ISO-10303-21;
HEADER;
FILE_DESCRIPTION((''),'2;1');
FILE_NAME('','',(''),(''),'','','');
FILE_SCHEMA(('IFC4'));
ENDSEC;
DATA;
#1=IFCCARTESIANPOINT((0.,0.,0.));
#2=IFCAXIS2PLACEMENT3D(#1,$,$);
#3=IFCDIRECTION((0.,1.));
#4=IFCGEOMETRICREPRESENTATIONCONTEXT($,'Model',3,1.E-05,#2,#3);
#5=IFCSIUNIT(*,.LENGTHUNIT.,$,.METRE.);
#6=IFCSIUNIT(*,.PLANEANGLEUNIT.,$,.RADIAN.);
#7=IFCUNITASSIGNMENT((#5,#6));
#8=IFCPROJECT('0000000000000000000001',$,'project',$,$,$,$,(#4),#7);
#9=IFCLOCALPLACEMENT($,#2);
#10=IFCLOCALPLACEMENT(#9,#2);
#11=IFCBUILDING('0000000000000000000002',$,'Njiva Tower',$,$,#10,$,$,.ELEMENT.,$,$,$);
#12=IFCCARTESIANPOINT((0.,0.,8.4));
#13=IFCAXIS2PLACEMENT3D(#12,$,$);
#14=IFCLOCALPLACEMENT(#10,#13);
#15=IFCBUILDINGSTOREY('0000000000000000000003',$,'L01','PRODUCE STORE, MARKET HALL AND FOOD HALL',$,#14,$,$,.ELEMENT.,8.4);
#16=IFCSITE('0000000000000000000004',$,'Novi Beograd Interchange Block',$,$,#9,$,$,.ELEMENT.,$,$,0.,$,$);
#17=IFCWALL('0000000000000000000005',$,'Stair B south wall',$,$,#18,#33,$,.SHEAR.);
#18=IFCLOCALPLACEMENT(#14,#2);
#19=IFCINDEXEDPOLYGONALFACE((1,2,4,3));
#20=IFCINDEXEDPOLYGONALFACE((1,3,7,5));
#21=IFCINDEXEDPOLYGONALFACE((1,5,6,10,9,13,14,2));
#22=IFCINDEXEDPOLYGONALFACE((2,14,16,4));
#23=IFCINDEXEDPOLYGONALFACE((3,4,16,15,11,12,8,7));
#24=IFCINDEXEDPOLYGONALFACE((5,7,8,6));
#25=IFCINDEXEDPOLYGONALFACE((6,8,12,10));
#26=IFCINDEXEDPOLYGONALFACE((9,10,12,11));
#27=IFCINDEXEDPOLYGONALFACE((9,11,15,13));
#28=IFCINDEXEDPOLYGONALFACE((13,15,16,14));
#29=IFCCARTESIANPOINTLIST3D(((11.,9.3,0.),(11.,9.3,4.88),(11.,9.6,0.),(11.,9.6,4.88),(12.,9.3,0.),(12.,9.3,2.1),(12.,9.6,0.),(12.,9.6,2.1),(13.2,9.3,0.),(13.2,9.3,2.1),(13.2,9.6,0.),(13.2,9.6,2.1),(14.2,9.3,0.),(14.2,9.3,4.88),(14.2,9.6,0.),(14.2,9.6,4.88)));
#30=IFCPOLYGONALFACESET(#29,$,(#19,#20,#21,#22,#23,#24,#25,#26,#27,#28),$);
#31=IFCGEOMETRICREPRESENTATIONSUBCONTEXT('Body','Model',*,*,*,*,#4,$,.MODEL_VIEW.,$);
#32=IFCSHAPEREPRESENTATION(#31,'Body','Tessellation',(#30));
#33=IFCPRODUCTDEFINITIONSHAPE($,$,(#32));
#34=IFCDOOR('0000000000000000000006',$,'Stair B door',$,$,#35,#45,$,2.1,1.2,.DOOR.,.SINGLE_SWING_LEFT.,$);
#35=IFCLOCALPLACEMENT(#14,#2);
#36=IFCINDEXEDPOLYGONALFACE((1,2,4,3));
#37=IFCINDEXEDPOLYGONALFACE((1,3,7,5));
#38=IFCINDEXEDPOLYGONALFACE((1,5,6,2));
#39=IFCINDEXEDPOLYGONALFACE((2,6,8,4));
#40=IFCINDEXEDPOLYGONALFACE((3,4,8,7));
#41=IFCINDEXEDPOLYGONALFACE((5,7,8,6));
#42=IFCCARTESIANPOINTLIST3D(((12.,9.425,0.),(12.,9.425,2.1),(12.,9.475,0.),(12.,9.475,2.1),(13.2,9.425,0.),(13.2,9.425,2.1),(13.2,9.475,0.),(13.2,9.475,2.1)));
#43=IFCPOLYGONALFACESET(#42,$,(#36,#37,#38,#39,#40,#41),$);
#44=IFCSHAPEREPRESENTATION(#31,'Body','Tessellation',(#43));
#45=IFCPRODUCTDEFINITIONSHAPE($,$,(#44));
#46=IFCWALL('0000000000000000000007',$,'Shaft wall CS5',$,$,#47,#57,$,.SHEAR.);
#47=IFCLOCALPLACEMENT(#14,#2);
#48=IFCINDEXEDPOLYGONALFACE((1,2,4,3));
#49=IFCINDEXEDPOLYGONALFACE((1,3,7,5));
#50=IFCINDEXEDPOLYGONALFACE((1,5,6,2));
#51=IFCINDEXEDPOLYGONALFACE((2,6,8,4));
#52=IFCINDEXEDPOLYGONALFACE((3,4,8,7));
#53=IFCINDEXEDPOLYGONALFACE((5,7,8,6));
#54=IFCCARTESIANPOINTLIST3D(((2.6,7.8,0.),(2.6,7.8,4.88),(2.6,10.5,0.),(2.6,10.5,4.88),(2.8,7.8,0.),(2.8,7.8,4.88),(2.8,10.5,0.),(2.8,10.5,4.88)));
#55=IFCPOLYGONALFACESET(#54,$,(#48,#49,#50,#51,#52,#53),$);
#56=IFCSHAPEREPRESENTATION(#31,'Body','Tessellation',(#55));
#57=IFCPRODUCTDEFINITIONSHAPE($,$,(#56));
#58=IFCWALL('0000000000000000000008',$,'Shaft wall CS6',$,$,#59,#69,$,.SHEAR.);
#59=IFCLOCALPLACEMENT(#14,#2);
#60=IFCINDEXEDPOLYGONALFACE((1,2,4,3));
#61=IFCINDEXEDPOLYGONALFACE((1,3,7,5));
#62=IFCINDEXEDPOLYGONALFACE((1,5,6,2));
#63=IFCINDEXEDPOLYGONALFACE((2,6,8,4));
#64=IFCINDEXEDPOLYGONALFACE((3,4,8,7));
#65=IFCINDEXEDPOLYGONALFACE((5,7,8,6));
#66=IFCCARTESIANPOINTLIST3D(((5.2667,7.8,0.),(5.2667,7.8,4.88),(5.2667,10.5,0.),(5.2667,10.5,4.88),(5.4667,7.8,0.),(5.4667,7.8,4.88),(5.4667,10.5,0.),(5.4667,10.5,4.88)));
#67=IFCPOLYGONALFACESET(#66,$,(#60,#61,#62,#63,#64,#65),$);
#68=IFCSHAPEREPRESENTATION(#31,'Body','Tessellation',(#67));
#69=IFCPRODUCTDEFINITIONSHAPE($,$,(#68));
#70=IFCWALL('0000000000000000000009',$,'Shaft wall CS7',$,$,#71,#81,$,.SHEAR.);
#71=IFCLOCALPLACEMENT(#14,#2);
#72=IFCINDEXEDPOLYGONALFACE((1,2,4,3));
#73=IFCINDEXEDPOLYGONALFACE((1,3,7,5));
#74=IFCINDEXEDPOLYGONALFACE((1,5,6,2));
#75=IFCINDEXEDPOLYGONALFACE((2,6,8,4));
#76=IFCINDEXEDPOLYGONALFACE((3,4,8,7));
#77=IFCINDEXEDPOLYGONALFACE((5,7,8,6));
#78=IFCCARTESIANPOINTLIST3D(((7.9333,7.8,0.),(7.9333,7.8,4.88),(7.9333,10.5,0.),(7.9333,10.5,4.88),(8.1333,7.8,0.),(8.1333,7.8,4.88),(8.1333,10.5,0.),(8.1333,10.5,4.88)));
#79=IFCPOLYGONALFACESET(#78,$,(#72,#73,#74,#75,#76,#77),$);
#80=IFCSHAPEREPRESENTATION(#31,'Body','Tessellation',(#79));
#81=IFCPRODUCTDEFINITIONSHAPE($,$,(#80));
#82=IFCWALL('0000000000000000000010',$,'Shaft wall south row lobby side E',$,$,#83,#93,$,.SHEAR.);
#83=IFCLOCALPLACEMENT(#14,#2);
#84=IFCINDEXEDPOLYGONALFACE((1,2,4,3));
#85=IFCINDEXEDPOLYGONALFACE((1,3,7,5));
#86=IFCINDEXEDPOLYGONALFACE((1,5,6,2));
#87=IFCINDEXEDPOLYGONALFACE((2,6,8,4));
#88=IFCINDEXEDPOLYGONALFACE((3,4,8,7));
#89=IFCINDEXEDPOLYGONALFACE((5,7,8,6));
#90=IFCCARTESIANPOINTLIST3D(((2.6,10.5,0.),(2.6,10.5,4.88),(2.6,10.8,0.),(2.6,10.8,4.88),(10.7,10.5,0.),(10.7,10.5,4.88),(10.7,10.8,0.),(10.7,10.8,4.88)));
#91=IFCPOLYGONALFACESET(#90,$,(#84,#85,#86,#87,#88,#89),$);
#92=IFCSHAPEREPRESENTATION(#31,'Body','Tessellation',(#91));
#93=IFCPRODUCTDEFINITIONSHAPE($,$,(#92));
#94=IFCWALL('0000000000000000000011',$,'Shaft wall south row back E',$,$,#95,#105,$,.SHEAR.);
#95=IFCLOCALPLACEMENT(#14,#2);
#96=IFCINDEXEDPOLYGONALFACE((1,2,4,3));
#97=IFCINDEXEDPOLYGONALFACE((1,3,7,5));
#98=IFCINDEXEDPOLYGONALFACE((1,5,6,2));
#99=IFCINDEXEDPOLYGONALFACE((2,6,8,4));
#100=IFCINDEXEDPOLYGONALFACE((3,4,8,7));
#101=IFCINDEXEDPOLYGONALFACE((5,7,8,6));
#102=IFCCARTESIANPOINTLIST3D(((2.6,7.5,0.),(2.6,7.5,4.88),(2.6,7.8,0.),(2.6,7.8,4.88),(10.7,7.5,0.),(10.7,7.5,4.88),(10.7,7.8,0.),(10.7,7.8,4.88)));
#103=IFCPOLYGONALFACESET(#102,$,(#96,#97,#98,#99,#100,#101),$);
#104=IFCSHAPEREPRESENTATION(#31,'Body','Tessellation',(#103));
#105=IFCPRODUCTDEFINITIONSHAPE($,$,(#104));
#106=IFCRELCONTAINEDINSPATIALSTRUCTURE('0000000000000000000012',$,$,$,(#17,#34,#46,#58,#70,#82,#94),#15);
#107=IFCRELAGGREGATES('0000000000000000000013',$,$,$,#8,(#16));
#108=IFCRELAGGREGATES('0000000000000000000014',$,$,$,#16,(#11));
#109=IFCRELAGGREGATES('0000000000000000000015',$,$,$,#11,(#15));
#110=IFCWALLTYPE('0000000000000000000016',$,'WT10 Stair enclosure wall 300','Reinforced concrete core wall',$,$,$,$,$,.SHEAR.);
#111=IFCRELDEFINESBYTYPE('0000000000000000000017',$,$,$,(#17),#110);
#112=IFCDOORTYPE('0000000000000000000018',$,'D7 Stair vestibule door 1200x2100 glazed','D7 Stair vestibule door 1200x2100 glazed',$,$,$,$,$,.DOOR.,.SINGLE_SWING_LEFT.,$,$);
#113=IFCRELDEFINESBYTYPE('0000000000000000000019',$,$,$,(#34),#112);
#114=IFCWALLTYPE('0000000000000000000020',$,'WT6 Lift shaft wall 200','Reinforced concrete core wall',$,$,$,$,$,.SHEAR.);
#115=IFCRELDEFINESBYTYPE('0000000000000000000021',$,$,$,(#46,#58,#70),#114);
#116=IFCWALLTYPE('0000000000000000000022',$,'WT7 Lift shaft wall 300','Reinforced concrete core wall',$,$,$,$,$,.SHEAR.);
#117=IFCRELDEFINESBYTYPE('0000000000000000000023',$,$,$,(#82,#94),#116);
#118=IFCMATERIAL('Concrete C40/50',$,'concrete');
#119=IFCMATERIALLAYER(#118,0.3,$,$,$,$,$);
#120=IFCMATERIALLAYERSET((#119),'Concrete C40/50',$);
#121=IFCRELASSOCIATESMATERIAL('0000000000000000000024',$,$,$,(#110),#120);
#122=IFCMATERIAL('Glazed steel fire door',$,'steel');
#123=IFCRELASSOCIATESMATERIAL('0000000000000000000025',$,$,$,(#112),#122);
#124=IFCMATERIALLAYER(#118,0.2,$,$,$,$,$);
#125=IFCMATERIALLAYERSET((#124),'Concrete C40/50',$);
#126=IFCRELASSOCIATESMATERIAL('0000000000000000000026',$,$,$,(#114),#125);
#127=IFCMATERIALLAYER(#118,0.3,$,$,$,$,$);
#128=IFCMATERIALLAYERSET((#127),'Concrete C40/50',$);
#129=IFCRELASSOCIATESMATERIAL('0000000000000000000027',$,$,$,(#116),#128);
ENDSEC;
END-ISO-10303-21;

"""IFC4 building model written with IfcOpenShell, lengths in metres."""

from ifc_helpers import new_model, si_unit, direction, frame, frame_2d, origin, place, context, subcontext, project, spatial, rectangle, extrude, material, layer, layer_set, type_object, element, fill, save


model = new_model("IFC4")

# Units and contexts
model_context = context("Model", 3, precision=1e-05, world=origin(), true_north=direction((0.0, 1.0)))
body_context = subcontext(model_context, "Body", "Model", "MODEL_VIEW")
ifc_project = project(units=[si_unit("LENGTHUNIT", "METRE"), si_unit("PLANEANGLEUNIT", "RADIAN")], contexts=[model_context])

# Site, building, storey
site_placement = place(None, origin())
site = spatial("IfcSite", under=ifc_project, at=site_placement, Name="Novi Beograd Interchange Block", CompositionType="ELEMENT", RefElevation=0.0)
building_placement = place(site_placement, origin())
building = spatial("IfcBuilding", under=site, at=building_placement, Name="Njiva Tower", CompositionType="ELEMENT")
storey_placement = place(building_placement, frame((0.0, 0.0, 8.4)))
storey = spatial("IfcBuildingStorey", under=building, at=storey_placement, Name="L01", Description="PRODUCE STORE, MARKET HALL AND FOOD HALL", CompositionType="ELEMENT", Elevation=8.4)

# Shared definitions
ifc_material_1 = material(Name="Concrete C40/50", Category="concrete")

# Shared definitions
ifc_layer_1 = layer(ifc_material_1, 0.3)
ifc_layer_set_1 = layer_set([ifc_layer_1], Name="Concrete C40/50")
wall_type_1 = type_object("IfcWallType", Name="WT10 Stair enclosure wall 300", Description="Reinforced concrete core wall", PredefinedType="SHEAR", material=ifc_layer_set_1)
ifc_material_2 = material(Name="Glazed steel fire door", Category="steel")

# Wall, opening, door
wall_1_placement = place(storey_placement, frame((11.0, 9.45, 0.0), z_axis=(0.0, 0.0, 1.0), x_axis=(1.0, 0.0, 0.0)))
wall_1 = element("IfcWall", 1, at=wall_1_placement, inside=storey, type_object=wall_type_1, Name="Stair B south wall", PredefinedType="SHEAR", context=body_context, shape_type="SweptSolid", body=[
    extrude(rectangle(XDim=3.2, YDim=0.3, at=frame_2d((1.6, 0.0))), origin(), (0.0, 0.0, 1.0), 4.88),
])
opening_1_placement = place(wall_1_placement, frame((1.0, 0.0, 0.0)))
opening_1 = element("IfcOpeningElement", 2, at=opening_1_placement, cuts=wall_1, PredefinedType="OPENING", context=body_context, shape_type="SweptSolid", body=[
    extrude(rectangle(XDim=1.2, YDim=2.1, at=frame_2d((0.6, 1.05))), frame((0.0, 0.16, 0.0), z_axis=(0.0, -1.0, 0.0), x_axis=(1.0, 0.0, 0.0)), (0.0, 0.0, 1.0), 0.32),
])
door_type_1 = type_object("IfcDoorType", Name="D7 Stair vestibule door 1200x2100 glazed", Description="D7 Stair vestibule door 1200x2100 glazed", OperationType="SINGLE_SWING_LEFT", PredefinedType="DOOR", material=ifc_material_2)
door_1_placement = place(opening_1_placement, origin())
door_1 = element("IfcDoor", 3, at=door_1_placement, inside=storey, type_object=door_type_1, Name="Stair B door", OperationType="SINGLE_SWING_LEFT", OverallHeight=2.1, OverallWidth=1.2, PredefinedType="DOOR", context=body_context, shape_type="SweptSolid", body=[
    extrude(rectangle(XDim=1.2, YDim=2.1, at=frame_2d((0.6, 1.05))), frame((0.0, 0.025, 0.0), z_axis=(0.0, -1.0, 0.0), x_axis=(1.0, 0.0, 0.0)), (0.0, 0.0, 1.0), 0.05),
])
fill(opening_1, door_1)

# Walls
ifc_layer_2 = layer(ifc_material_1, 0.2)
ifc_layer_set_2 = layer_set([ifc_layer_2], Name="Concrete C40/50")
wall_type_2 = type_object("IfcWallType", Name="WT6 Lift shaft wall 200", Description="Reinforced concrete core wall", PredefinedType="SHEAR", material=ifc_layer_set_2)
for number, where, z_axis, x_axis, name in (
    (4, (2.7, 7.8, 0.0), (0.0, 0.0, 1.0), (0.0, 1.0, 0.0), "Shaft wall CS5"),
    (5, (5.3667, 7.8, 0.0), (0.0, 0.0, 1.0), (0.0, 1.0, 0.0), "Shaft wall CS6"),
    (6, (8.0333, 7.8, 0.0), (0.0, 0.0, 1.0), (0.0, 1.0, 0.0), "Shaft wall CS7"),
):
    element("IfcWall", number, at=place(storey_placement, frame(where, z_axis=z_axis, x_axis=x_axis)), inside=storey, type_object=wall_type_2, Name=name, PredefinedType="SHEAR", context=body_context, shape_type="SweptSolid", body=[
        extrude(rectangle(XDim=2.7, YDim=0.2, at=frame_2d((1.35, 0.0))), origin(), (0.0, 0.0, 1.0), 4.88),
    ])
ifc_layer_3 = layer(ifc_material_1, 0.3)
ifc_layer_set_3 = layer_set([ifc_layer_3], Name="Concrete C40/50")
wall_type_3 = type_object("IfcWallType", Name="WT7 Lift shaft wall 300", Description="Reinforced concrete core wall", PredefinedType="SHEAR", material=ifc_layer_set_3)
for number, where, z_axis, x_axis, name in (
    (7, (2.6, 10.65, 0.0), (0.0, 0.0, 1.0), (1.0, 0.0, 0.0), "Shaft wall south row lobby side E"),
    (8, (2.6, 7.65, 0.0), (0.0, 0.0, 1.0), (1.0, 0.0, 0.0), "Shaft wall south row back E"),
):
    element("IfcWall", number, at=place(storey_placement, frame(where, z_axis=z_axis, x_axis=x_axis)), inside=storey, type_object=wall_type_3, Name=name, PredefinedType="SHEAR", context=body_context, shape_type="SweptSolid", body=[
        extrude(rectangle(XDim=8.1, YDim=0.3, at=frame_2d((4.05, 0.0))), origin(), (0.0, 0.0, 1.0), 4.88),
    ])

save(model, "model.ifc")
